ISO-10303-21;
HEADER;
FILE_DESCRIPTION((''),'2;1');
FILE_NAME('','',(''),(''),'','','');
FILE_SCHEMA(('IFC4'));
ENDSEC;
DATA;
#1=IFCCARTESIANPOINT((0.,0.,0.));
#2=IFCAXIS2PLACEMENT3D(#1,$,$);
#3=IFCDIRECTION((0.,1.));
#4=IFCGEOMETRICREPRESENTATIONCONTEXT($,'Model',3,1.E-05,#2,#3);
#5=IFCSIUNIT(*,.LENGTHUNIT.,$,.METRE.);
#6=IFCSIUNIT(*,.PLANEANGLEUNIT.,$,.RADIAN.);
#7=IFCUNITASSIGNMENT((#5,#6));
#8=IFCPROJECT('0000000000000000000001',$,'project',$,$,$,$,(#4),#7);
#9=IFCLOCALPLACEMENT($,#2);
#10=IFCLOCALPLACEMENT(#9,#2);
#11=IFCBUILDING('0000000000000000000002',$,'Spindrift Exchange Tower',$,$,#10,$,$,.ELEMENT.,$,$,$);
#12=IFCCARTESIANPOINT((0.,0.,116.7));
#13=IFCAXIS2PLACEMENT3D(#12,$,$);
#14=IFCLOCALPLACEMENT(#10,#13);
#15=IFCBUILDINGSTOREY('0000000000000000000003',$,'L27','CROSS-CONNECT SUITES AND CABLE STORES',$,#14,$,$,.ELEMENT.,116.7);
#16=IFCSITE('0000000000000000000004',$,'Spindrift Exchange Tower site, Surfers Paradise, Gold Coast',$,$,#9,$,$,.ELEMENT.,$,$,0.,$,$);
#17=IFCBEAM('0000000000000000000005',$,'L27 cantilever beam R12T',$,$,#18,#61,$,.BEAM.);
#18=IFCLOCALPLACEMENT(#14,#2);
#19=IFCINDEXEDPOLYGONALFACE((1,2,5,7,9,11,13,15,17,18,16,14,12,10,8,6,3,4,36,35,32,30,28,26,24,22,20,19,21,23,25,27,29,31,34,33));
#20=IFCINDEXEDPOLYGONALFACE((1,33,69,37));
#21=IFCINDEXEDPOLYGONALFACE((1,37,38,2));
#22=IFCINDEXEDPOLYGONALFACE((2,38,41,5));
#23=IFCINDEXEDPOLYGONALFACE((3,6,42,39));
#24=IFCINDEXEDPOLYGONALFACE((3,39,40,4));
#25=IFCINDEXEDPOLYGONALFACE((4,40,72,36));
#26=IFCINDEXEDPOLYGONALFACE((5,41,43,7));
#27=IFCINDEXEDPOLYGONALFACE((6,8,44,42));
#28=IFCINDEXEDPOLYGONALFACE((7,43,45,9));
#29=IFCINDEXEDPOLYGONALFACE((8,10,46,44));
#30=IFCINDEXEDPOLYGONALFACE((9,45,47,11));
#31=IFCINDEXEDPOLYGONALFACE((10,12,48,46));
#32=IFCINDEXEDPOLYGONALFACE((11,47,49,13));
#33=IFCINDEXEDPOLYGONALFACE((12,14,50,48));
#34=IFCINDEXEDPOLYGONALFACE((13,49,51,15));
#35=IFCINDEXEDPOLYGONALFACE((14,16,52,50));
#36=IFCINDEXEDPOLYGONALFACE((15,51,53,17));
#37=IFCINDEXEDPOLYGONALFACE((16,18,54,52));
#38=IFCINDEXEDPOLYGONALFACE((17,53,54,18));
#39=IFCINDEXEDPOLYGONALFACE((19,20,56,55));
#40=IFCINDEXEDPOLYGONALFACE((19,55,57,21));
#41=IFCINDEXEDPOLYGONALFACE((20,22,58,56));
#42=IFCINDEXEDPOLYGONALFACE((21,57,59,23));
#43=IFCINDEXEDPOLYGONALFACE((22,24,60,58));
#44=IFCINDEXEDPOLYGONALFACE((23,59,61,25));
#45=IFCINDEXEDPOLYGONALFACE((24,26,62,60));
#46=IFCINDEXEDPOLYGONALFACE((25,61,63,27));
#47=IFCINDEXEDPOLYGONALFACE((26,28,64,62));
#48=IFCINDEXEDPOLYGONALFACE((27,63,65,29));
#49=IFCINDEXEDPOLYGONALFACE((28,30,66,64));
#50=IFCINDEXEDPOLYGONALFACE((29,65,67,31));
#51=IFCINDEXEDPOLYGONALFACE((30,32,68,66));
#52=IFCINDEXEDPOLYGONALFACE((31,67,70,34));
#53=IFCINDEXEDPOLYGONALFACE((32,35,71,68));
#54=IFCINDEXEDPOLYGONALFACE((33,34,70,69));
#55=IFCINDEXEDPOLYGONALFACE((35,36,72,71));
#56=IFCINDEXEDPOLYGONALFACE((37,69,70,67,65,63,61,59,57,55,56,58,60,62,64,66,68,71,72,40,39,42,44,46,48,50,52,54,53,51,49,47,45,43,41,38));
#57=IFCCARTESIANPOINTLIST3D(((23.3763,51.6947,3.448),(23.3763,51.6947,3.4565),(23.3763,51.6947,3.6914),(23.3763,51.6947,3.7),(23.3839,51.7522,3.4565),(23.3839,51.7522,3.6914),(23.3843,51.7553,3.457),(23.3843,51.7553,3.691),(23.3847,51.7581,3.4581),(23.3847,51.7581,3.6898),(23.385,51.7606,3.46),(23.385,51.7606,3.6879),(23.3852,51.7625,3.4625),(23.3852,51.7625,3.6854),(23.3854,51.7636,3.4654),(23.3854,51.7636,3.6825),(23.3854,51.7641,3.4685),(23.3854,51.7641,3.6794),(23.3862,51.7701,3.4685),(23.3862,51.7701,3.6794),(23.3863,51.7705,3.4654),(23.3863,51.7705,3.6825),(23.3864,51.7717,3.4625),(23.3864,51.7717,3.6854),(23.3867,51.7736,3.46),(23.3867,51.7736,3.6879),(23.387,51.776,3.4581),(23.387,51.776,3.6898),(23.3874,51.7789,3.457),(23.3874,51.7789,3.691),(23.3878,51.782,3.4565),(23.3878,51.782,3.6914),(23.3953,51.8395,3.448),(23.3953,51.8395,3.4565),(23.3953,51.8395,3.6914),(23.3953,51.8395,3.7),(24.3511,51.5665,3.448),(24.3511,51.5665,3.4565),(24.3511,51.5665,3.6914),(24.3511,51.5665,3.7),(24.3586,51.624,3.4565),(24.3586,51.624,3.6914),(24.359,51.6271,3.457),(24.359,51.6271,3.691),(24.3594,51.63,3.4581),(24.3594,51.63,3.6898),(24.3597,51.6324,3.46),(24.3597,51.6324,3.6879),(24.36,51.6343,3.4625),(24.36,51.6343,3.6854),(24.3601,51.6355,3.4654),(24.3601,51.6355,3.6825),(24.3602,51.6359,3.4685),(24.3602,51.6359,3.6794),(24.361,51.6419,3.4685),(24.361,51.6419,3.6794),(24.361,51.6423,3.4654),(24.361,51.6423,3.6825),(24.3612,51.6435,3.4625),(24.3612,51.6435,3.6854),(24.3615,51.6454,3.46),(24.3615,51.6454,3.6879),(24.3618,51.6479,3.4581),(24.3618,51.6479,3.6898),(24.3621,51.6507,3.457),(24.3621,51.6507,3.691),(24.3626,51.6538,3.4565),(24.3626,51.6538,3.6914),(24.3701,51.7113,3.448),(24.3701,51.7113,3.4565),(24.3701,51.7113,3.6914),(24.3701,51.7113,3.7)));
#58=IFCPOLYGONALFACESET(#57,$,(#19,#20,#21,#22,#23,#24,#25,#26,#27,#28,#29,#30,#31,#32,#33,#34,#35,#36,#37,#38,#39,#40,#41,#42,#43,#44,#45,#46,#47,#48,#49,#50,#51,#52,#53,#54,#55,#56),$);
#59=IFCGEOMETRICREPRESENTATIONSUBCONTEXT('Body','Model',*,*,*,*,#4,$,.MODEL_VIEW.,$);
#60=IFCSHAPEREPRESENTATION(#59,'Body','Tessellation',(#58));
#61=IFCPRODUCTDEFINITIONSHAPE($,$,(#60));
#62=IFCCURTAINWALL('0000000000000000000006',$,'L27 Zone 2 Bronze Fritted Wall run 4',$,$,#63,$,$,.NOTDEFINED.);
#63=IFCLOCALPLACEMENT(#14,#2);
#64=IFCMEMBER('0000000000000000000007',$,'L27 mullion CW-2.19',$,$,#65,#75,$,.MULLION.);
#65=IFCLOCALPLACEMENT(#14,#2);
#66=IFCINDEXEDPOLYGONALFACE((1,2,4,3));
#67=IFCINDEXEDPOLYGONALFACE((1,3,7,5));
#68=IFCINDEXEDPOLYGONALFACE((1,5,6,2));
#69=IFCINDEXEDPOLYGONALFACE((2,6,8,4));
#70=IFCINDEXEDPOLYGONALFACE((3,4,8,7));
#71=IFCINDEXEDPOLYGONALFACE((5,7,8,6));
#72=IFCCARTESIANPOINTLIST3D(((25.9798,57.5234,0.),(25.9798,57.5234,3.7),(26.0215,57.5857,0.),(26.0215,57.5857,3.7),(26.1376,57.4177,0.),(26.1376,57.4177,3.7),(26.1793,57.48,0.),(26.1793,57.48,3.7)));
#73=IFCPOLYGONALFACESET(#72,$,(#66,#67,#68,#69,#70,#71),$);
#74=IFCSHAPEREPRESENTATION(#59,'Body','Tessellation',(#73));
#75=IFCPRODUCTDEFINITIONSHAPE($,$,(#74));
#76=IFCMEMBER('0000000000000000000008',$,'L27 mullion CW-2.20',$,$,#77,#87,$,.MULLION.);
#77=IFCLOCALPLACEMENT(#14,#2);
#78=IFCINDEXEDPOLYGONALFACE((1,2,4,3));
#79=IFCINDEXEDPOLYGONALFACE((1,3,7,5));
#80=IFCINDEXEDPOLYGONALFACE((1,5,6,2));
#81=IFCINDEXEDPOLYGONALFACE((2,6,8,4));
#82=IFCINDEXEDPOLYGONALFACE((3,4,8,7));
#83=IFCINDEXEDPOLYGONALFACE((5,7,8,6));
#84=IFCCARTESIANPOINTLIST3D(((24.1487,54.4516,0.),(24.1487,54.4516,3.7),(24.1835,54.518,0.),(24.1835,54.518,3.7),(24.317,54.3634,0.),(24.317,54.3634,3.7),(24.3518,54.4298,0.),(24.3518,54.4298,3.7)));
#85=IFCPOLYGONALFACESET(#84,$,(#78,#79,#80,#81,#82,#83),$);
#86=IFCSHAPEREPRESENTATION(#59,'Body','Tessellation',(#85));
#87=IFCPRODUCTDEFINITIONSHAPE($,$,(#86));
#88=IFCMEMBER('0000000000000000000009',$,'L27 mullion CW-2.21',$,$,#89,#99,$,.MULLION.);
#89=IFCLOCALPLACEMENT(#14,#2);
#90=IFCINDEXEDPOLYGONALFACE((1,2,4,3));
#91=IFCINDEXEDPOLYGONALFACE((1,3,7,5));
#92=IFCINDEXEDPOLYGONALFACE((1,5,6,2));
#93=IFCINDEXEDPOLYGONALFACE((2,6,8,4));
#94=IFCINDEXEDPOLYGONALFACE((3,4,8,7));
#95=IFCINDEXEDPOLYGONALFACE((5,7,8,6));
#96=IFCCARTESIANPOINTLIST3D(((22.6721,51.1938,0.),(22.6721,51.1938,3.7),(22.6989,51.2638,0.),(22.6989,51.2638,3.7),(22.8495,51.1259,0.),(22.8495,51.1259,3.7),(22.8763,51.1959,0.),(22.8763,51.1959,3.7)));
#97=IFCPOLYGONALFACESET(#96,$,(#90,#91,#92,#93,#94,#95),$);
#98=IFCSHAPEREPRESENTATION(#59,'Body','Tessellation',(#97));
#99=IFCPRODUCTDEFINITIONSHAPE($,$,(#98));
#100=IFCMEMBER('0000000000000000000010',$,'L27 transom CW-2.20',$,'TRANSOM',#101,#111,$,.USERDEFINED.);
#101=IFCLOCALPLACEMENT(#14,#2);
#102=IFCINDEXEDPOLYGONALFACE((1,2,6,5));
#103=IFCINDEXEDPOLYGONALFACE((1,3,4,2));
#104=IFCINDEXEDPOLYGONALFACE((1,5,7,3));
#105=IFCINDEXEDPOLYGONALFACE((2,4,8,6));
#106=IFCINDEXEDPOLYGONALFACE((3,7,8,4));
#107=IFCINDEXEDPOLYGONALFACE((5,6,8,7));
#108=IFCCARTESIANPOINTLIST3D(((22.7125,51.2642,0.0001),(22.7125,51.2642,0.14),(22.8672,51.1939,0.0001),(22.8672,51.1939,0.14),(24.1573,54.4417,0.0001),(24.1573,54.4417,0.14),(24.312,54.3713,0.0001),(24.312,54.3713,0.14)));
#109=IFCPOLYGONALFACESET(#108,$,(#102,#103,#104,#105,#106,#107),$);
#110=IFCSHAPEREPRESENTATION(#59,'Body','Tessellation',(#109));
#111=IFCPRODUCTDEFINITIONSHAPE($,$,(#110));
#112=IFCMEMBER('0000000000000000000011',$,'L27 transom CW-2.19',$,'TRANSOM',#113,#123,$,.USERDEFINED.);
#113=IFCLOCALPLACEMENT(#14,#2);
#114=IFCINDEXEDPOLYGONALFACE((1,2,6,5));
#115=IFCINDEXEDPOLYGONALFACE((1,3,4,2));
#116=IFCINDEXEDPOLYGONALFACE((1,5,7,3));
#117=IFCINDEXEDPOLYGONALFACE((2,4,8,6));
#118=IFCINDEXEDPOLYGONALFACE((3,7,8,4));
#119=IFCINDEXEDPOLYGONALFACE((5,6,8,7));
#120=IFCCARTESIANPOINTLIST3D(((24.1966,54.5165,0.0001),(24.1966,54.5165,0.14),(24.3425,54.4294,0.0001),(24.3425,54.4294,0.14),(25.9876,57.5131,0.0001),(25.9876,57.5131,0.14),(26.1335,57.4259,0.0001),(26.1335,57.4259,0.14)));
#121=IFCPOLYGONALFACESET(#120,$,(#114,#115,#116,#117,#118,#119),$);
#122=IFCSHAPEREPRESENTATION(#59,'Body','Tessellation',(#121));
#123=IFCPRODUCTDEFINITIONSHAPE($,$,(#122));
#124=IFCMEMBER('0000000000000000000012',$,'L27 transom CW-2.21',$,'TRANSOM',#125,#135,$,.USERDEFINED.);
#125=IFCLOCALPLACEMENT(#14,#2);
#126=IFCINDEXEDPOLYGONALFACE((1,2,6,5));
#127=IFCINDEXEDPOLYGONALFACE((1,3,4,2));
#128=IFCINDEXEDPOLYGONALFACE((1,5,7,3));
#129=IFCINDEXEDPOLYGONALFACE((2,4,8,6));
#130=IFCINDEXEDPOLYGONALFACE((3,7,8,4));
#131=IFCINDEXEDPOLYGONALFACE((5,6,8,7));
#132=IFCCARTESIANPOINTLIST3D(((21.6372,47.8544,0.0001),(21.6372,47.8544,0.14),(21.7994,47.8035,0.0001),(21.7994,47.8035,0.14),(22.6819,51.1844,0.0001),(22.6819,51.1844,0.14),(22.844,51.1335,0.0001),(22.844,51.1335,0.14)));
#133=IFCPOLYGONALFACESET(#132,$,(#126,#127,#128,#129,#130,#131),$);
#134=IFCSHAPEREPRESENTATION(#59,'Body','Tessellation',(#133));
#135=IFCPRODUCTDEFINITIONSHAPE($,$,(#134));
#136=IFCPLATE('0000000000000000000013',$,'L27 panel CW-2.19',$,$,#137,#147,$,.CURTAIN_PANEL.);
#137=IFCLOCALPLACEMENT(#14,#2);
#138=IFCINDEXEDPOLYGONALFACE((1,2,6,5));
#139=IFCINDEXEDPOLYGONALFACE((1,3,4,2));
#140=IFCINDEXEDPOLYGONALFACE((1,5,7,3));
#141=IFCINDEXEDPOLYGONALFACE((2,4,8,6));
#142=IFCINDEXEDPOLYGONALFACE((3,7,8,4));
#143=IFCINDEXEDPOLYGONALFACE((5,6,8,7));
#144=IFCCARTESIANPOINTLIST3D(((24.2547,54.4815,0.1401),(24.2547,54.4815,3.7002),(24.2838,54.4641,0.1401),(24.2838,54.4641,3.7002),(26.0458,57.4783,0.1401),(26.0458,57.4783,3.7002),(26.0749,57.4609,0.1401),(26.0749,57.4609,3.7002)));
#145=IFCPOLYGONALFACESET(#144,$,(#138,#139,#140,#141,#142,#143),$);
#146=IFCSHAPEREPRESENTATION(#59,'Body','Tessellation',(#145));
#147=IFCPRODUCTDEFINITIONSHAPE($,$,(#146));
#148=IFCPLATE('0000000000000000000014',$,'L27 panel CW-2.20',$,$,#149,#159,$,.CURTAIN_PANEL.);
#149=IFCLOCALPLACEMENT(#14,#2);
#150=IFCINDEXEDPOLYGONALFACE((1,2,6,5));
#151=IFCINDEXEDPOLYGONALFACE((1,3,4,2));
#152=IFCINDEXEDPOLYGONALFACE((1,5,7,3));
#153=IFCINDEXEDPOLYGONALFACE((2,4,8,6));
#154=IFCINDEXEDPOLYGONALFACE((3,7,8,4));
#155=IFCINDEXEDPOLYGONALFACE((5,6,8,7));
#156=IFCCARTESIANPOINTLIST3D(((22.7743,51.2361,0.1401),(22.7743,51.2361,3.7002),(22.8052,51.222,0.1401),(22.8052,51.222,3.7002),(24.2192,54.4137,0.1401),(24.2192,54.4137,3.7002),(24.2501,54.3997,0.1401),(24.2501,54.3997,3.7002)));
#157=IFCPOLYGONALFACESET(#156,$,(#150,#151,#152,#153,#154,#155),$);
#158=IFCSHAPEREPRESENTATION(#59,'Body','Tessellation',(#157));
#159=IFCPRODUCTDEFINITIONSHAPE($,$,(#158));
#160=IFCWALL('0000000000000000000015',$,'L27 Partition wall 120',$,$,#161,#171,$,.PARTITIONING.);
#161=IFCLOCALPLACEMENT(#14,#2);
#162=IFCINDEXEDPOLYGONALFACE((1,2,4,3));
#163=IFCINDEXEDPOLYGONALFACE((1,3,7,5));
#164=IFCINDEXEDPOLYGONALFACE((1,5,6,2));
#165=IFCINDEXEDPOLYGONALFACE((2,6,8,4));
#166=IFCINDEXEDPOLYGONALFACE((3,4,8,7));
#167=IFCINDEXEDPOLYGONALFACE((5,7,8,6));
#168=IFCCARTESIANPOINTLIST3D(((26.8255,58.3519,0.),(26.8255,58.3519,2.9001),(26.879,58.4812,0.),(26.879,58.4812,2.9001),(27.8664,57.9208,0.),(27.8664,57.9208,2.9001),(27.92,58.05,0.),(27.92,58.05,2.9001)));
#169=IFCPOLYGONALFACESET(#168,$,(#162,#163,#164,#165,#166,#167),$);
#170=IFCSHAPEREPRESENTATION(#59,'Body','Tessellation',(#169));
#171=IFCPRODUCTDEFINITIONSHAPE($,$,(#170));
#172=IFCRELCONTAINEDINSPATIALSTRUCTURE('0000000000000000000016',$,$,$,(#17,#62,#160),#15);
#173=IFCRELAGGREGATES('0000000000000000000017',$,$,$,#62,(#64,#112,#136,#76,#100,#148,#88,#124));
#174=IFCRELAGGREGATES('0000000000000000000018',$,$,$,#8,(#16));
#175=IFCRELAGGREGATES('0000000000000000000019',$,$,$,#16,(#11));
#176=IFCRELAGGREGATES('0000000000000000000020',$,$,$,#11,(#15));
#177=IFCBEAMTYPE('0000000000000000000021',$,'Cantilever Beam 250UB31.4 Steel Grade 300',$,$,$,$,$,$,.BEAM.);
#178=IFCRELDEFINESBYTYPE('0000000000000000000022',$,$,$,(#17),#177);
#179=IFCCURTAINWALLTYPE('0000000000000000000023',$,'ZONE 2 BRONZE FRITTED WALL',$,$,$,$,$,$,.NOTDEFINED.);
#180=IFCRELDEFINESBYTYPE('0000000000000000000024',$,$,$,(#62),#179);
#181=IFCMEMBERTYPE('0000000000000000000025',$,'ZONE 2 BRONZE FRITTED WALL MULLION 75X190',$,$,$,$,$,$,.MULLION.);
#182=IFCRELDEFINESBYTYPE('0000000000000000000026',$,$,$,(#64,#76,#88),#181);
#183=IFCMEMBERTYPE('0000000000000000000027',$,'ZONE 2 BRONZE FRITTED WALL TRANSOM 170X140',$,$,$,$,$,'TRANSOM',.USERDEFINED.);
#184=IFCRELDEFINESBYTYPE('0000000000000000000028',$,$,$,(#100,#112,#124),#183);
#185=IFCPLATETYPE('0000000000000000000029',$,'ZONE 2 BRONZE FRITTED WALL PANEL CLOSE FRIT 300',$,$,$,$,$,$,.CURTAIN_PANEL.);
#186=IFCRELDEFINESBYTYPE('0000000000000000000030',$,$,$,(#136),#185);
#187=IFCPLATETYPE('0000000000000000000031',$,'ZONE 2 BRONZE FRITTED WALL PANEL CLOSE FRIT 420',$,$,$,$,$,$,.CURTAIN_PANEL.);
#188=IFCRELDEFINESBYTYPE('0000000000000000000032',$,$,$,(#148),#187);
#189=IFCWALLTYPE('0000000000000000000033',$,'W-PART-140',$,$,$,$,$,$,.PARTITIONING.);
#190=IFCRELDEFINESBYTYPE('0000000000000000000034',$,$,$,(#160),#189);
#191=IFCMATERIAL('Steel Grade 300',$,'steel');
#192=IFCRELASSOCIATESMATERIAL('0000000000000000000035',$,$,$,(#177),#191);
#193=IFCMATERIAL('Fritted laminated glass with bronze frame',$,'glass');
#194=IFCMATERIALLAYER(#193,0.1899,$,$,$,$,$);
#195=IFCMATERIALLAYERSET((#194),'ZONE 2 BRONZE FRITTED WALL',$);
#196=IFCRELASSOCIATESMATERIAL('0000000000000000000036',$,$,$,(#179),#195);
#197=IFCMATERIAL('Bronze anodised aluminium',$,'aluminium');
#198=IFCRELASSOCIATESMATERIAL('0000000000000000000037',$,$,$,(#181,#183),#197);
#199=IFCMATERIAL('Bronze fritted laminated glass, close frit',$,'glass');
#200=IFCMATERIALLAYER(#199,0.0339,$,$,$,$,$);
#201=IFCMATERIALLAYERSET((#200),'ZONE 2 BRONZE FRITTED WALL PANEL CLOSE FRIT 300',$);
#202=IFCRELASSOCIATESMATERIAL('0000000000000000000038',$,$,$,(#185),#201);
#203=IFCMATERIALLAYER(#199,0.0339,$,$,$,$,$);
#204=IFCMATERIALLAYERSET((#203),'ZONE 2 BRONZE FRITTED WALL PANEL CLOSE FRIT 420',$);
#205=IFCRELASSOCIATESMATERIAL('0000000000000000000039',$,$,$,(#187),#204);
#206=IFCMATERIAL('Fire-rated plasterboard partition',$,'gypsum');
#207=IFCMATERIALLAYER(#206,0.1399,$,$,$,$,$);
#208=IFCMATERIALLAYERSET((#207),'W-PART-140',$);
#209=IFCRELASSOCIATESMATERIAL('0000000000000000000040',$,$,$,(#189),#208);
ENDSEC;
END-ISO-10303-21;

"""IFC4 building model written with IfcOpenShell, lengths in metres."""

from ifc_helpers import new_model, si_unit, direction, frame, frame_2d, origin, origin_2d, place, context, subcontext, project, spatial, rectangle, i_section, extrude, source, transform, mapped, material, layer, layer_set, material_profile, profile_set, type_object, element, aggregate, save


model = new_model("IFC4")

# Units and contexts
model_context = context("Model", 3, precision=1e-05, world=origin(), true_north=direction((0.0, 1.0)))
body_context = subcontext(model_context, "Body", "Model", "MODEL_VIEW")
ifc_project = project(units=[si_unit("LENGTHUNIT", "METRE"), si_unit("PLANEANGLEUNIT", "RADIAN")], contexts=[model_context])

# Site, building, storey
site_placement = place(None, origin())
site = spatial("IfcSite", under=ifc_project, at=site_placement, Name="Spindrift Exchange Tower site, Surfers Paradise, Gold Coast", CompositionType="ELEMENT", RefElevation=0.0)
building_placement = place(site_placement, origin())
building = spatial("IfcBuilding", under=site, at=building_placement, Name="Spindrift Exchange Tower", CompositionType="ELEMENT")
storey_placement = place(building_placement, frame((0.0, 0.0, 116.7)))
storey = spatial("IfcBuildingStorey", under=building, at=storey_placement, Name="L27", Description="CROSS-CONNECT SUITES AND CABLE STORES", CompositionType="ELEMENT", Elevation=116.7)

# Beam
ifc_material_1 = material(Name="Steel Grade 300", Category="steel")
ifc_material_profile_1 = material_profile(ifc_material_1, i_section(OverallWidth=0.146, OverallDepth=0.252, WebThickness=0.0061, FlangeThickness=0.0085, FilletRadius=0.012, at=origin_2d()), Name="250UB31.4")
ifc_profile_set_1 = profile_set([ifc_material_profile_1], Name="Steel Grade 300")
beam_type_1 = type_object("IfcBeamType", Name="Cantilever Beam 250UB31.4 Steel Grade 300", PredefinedType="BEAM", material=ifc_profile_set_1)
shared_shape_1 = source(origin(), body_context, "Body", "SweptSolid", [
    extrude(i_section(OverallWidth=0.146, OverallDepth=0.252, WebThickness=0.0061, FlangeThickness=0.0085, FilletRadius=0.012, at=origin_2d()), origin(), (0.0, 0.0, 1.0), 0.9832),
])
beam_1_placement = place(storey_placement, frame((24.3606, 51.6389, 3.574), z_axis=(-0.991467, 0.130358, 0.0), x_axis=(-0.130358, -0.991467, 0.0)))
element("IfcBeam", 1, at=beam_1_placement, inside=storey, type_object=beam_type_1, Name="L27 cantilever beam R12T", PredefinedType="BEAM", context=body_context, shape_type="MappedRepresentation", body=[
    mapped(shared_shape_1, transform((0.0, 0.0, 0.0), scale=1.0)),
])

# Curtain wall, members, plates
ifc_material_2 = material(Name="Fritted laminated glass with bronze frame", Category="glass")
ifc_layer_1 = layer(ifc_material_2, 0.1899)
ifc_layer_set_1 = layer_set([ifc_layer_1], Name="ZONE 2 BRONZE FRITTED WALL")
curtain_wall_type = type_object("IfcCurtainWallType", Name="ZONE 2 BRONZE FRITTED WALL", PredefinedType="NOTDEFINED", material=ifc_layer_set_1)
curtain_wall_placement = place(storey_placement, origin())
curtain_wall = element("IfcCurtainWall", 2, at=curtain_wall_placement, inside=storey, type_object=curtain_wall_type, Name="L27 Zone 2 Bronze Fritted Wall run 4", PredefinedType="NOTDEFINED")
ifc_material_3 = material(Name="Bronze anodised aluminium", Category="aluminium")
ifc_material_profile_2 = material_profile(ifc_material_3, rectangle(XDim=0.075, YDim=0.1899, at=origin_2d()), Name="ZONE 2 BRONZE FRITTED WALL MULLION 75X190")
ifc_profile_set_2 = profile_set([ifc_material_profile_2], Name="Bronze anodised aluminium")
member_type_1 = type_object("IfcMemberType", Name="ZONE 2 BRONZE FRITTED WALL MULLION 75X190", PredefinedType="MULLION", material=ifc_profile_set_2)
shared_shape_2 = source(origin(), body_context, "Body", "SweptSolid", [
    extrude(rectangle(XDim=0.075, YDim=0.1899, at=origin_2d()), origin(), (0.0, 0.0, 1.0), 3.7),
])
member_1_placement = place(storey_placement, frame((26.0796, 57.5017, 0.0), z_axis=(0.0, 0.0, 1.0), x_axis=(-0.556577, -0.830796, 0.0)))
member_1 = element("IfcMember", 3, at=member_1_placement, type_object=member_type_1, Name="L27 mullion CW-2.19", PredefinedType="MULLION", context=body_context, shape_type="MappedRepresentation", body=[
    mapped(shared_shape_2, transform((0.0, 0.0, 0.0), scale=1.0)),
])
member_2_placement = place(storey_placement, frame((24.2502, 54.4407, 0.0), z_axis=(0.0, 0.0, 1.0), x_axis=(-0.464212, -0.885724, 0.0)))
member_2 = element("IfcMember", 4, at=member_2_placement, type_object=member_type_1, Name="L27 mullion CW-2.20", PredefinedType="MULLION", context=body_context, shape_type="MappedRepresentation", body=[
    mapped(shared_shape_2, transform((0.0, 0.0, 0.0), scale=1.0)),
])
member_3_placement = place(storey_placement, frame((22.7742, 51.1948, 0.0), z_axis=(0.0, 0.0, 1.0), x_axis=(-0.357309, -0.933986, 0.0)))
member_3 = element("IfcMember", 5, at=member_3_placement, type_object=member_type_1, Name="L27 mullion CW-2.21", PredefinedType="MULLION", context=body_context, shape_type="MappedRepresentation", body=[
    mapped(shared_shape_2, transform((0.0, 0.0, 0.0), scale=1.0)),
])
ifc_material_profile_3 = material_profile(ifc_material_3, rectangle(XDim=0.1699, YDim=0.1399, at=origin_2d()), Name="ZONE 2 BRONZE FRITTED WALL TRANSOM 170X140")
ifc_profile_set_3 = profile_set([ifc_material_profile_3], Name="Bronze anodised aluminium")
member_type_2 = type_object("IfcMemberType", Name="ZONE 2 BRONZE FRITTED WALL TRANSOM 170X140", ElementType="TRANSOM", PredefinedType="USERDEFINED", material=ifc_profile_set_3)
shared_shape_3 = source(origin(), body_context, "Body", "SweptSolid", [
    extrude(rectangle(XDim=0.1699, YDim=0.1399, at=origin_2d()), origin(), (0.0, 0.0, 1.0), 3.4905),
])
member_4_placement = place(storey_placement, frame((24.2346, 54.4065, 0.0701), z_axis=(-0.413924, -0.910311, 0.0), x_axis=(0.910311, -0.413924, 0.0)))
member_4 = element("IfcMember", 6, at=member_4_placement, type_object=member_type_2, Name="L27 transom CW-2.20", ObjectType="TRANSOM", PredefinedType="USERDEFINED", context=body_context, shape_type="MappedRepresentation", body=[
    mapped(shared_shape_3, transform((0.0, 0.0, 0.0), scale=1.0)),
])
shared_shape_4 = source(origin(), body_context, "Body", "SweptSolid", [
    extrude(rectangle(XDim=0.1699, YDim=0.1399, at=origin_2d()), origin(), (0.0, 0.0, 1.0), 3.491),
])
member_5_placement = place(storey_placement, frame((26.0605, 57.4695, 0.0701), z_axis=(-0.513035, -0.858368, 0.0), x_axis=(0.858368, -0.513035, 0.0)))
member_5 = element("IfcMember", 7, at=member_5_placement, type_object=member_type_2, Name="L27 transom CW-2.19", ObjectType="TRANSOM", PredefinedType="USERDEFINED", context=body_context, shape_type="MappedRepresentation", body=[
    mapped(shared_shape_4, transform((0.0, 0.0, 0.0), scale=1.0)),
])
shared_shape_5 = source(origin(), body_context, "Body", "SweptSolid", [
    extrude(rectangle(XDim=0.1699, YDim=0.1399, at=origin_2d()), origin(), (0.0, 0.0, 1.0), 3.49),
])
member_6_placement = place(storey_placement, frame((22.7629, 51.1589, 0.0701), z_axis=(-0.299326, -0.954151, 0.0), x_axis=(0.954151, -0.299326, 0.0)))
member_6 = element("IfcMember", 8, at=member_6_placement, type_object=member_type_2, Name="L27 transom CW-2.21", ObjectType="TRANSOM", PredefinedType="USERDEFINED", context=body_context, shape_type="MappedRepresentation", body=[
    mapped(shared_shape_5, transform((0.0, 0.0, 0.0), scale=1.0)),
])
ifc_material_4 = material(Name="Bronze fritted laminated glass, close frit", Category="glass")
ifc_layer_2 = layer(ifc_material_4, 0.0339)
ifc_layer_set_2 = layer_set([ifc_layer_2], Name="ZONE 2 BRONZE FRITTED WALL PANEL CLOSE FRIT 300")
plate_type_1 = type_object("IfcPlateType", Name="ZONE 2 BRONZE FRITTED WALL PANEL CLOSE FRIT 300", PredefinedType="CURTAIN_PANEL", material=ifc_layer_set_2)
shared_shape_6 = source(origin(), body_context, "Body", "SweptSolid", [
    extrude(rectangle(XDim=3.4912, YDim=0.0339, at=origin_2d()), origin(), (0.0, 0.0, 1.0), 3.5601),
])
plate_1_placement = place(storey_placement, frame((25.1648, 55.9712, 0.1401), z_axis=(0.0, 0.0, 1.0), x_axis=(-0.51303, -0.85837, 0.0)))
plate_1 = element("IfcPlate", 9, at=plate_1_placement, type_object=plate_type_1, Name="L27 panel CW-2.19", PredefinedType="CURTAIN_PANEL", context=body_context, shape_type="MappedRepresentation", body=[
    mapped(shared_shape_6, transform((0.0, 0.0, 0.0), scale=1.0)),
])
ifc_layer_3 = layer(ifc_material_4, 0.0339)
ifc_layer_set_3 = layer_set([ifc_layer_3], Name="ZONE 2 BRONZE FRITTED WALL PANEL CLOSE FRIT 420")
plate_type_2 = type_object("IfcPlateType", Name="ZONE 2 BRONZE FRITTED WALL PANEL CLOSE FRIT 420", PredefinedType="CURTAIN_PANEL", material=ifc_layer_set_3)
shared_shape_7 = source(origin(), body_context, "Body", "SweptSolid", [
    extrude(rectangle(XDim=3.4907, YDim=0.0339, at=origin_2d()), origin(), (0.0, 0.0, 1.0), 3.5601),
])
plate_2_placement = place(storey_placement, frame((23.5122, 52.8179, 0.1401), z_axis=(0.0, 0.0, 1.0), x_axis=(-0.41394, -0.910304, 0.0)))
plate_2 = element("IfcPlate", 10, at=plate_2_placement, type_object=plate_type_2, Name="L27 panel CW-2.20", PredefinedType="CURTAIN_PANEL", context=body_context, shape_type="MappedRepresentation", body=[
    mapped(shared_shape_7, transform((0.0, 0.0, 0.0), scale=1.0)),
])
aggregate(curtain_wall, [member_1, member_5, plate_1, member_2, member_4, plate_2, member_3, member_6])

# Wall
ifc_material_5 = material(Name="Fire-rated plasterboard partition", Category="gypsum")
ifc_layer_4 = layer(ifc_material_5, 0.1399)
ifc_layer_set_4 = layer_set([ifc_layer_4], Name="W-PART-140")
wall_type_1 = type_object("IfcWallType", Name="W-PART-140", PredefinedType="PARTITIONING", material=ifc_layer_set_4)
wall_1_placement = place(storey_placement, frame((27.8933, 57.9854, 0.0), z_axis=(0.0, 0.0, 1.0), x_axis=(-0.923895, 0.382645, 0.0)))
element("IfcWall", 11, at=wall_1_placement, inside=storey, type_object=wall_type_1, Name="L27 Partition wall 120", PredefinedType="PARTITIONING", context=body_context, shape_type="SweptSolid", body=[
    extrude(rectangle(XDim=1.1267, YDim=0.1399, at=frame_2d((0.5635, 0.0))), origin(), (0.0, 0.0, 1.0), 2.9001),
])

save(model, "model.ifc")
